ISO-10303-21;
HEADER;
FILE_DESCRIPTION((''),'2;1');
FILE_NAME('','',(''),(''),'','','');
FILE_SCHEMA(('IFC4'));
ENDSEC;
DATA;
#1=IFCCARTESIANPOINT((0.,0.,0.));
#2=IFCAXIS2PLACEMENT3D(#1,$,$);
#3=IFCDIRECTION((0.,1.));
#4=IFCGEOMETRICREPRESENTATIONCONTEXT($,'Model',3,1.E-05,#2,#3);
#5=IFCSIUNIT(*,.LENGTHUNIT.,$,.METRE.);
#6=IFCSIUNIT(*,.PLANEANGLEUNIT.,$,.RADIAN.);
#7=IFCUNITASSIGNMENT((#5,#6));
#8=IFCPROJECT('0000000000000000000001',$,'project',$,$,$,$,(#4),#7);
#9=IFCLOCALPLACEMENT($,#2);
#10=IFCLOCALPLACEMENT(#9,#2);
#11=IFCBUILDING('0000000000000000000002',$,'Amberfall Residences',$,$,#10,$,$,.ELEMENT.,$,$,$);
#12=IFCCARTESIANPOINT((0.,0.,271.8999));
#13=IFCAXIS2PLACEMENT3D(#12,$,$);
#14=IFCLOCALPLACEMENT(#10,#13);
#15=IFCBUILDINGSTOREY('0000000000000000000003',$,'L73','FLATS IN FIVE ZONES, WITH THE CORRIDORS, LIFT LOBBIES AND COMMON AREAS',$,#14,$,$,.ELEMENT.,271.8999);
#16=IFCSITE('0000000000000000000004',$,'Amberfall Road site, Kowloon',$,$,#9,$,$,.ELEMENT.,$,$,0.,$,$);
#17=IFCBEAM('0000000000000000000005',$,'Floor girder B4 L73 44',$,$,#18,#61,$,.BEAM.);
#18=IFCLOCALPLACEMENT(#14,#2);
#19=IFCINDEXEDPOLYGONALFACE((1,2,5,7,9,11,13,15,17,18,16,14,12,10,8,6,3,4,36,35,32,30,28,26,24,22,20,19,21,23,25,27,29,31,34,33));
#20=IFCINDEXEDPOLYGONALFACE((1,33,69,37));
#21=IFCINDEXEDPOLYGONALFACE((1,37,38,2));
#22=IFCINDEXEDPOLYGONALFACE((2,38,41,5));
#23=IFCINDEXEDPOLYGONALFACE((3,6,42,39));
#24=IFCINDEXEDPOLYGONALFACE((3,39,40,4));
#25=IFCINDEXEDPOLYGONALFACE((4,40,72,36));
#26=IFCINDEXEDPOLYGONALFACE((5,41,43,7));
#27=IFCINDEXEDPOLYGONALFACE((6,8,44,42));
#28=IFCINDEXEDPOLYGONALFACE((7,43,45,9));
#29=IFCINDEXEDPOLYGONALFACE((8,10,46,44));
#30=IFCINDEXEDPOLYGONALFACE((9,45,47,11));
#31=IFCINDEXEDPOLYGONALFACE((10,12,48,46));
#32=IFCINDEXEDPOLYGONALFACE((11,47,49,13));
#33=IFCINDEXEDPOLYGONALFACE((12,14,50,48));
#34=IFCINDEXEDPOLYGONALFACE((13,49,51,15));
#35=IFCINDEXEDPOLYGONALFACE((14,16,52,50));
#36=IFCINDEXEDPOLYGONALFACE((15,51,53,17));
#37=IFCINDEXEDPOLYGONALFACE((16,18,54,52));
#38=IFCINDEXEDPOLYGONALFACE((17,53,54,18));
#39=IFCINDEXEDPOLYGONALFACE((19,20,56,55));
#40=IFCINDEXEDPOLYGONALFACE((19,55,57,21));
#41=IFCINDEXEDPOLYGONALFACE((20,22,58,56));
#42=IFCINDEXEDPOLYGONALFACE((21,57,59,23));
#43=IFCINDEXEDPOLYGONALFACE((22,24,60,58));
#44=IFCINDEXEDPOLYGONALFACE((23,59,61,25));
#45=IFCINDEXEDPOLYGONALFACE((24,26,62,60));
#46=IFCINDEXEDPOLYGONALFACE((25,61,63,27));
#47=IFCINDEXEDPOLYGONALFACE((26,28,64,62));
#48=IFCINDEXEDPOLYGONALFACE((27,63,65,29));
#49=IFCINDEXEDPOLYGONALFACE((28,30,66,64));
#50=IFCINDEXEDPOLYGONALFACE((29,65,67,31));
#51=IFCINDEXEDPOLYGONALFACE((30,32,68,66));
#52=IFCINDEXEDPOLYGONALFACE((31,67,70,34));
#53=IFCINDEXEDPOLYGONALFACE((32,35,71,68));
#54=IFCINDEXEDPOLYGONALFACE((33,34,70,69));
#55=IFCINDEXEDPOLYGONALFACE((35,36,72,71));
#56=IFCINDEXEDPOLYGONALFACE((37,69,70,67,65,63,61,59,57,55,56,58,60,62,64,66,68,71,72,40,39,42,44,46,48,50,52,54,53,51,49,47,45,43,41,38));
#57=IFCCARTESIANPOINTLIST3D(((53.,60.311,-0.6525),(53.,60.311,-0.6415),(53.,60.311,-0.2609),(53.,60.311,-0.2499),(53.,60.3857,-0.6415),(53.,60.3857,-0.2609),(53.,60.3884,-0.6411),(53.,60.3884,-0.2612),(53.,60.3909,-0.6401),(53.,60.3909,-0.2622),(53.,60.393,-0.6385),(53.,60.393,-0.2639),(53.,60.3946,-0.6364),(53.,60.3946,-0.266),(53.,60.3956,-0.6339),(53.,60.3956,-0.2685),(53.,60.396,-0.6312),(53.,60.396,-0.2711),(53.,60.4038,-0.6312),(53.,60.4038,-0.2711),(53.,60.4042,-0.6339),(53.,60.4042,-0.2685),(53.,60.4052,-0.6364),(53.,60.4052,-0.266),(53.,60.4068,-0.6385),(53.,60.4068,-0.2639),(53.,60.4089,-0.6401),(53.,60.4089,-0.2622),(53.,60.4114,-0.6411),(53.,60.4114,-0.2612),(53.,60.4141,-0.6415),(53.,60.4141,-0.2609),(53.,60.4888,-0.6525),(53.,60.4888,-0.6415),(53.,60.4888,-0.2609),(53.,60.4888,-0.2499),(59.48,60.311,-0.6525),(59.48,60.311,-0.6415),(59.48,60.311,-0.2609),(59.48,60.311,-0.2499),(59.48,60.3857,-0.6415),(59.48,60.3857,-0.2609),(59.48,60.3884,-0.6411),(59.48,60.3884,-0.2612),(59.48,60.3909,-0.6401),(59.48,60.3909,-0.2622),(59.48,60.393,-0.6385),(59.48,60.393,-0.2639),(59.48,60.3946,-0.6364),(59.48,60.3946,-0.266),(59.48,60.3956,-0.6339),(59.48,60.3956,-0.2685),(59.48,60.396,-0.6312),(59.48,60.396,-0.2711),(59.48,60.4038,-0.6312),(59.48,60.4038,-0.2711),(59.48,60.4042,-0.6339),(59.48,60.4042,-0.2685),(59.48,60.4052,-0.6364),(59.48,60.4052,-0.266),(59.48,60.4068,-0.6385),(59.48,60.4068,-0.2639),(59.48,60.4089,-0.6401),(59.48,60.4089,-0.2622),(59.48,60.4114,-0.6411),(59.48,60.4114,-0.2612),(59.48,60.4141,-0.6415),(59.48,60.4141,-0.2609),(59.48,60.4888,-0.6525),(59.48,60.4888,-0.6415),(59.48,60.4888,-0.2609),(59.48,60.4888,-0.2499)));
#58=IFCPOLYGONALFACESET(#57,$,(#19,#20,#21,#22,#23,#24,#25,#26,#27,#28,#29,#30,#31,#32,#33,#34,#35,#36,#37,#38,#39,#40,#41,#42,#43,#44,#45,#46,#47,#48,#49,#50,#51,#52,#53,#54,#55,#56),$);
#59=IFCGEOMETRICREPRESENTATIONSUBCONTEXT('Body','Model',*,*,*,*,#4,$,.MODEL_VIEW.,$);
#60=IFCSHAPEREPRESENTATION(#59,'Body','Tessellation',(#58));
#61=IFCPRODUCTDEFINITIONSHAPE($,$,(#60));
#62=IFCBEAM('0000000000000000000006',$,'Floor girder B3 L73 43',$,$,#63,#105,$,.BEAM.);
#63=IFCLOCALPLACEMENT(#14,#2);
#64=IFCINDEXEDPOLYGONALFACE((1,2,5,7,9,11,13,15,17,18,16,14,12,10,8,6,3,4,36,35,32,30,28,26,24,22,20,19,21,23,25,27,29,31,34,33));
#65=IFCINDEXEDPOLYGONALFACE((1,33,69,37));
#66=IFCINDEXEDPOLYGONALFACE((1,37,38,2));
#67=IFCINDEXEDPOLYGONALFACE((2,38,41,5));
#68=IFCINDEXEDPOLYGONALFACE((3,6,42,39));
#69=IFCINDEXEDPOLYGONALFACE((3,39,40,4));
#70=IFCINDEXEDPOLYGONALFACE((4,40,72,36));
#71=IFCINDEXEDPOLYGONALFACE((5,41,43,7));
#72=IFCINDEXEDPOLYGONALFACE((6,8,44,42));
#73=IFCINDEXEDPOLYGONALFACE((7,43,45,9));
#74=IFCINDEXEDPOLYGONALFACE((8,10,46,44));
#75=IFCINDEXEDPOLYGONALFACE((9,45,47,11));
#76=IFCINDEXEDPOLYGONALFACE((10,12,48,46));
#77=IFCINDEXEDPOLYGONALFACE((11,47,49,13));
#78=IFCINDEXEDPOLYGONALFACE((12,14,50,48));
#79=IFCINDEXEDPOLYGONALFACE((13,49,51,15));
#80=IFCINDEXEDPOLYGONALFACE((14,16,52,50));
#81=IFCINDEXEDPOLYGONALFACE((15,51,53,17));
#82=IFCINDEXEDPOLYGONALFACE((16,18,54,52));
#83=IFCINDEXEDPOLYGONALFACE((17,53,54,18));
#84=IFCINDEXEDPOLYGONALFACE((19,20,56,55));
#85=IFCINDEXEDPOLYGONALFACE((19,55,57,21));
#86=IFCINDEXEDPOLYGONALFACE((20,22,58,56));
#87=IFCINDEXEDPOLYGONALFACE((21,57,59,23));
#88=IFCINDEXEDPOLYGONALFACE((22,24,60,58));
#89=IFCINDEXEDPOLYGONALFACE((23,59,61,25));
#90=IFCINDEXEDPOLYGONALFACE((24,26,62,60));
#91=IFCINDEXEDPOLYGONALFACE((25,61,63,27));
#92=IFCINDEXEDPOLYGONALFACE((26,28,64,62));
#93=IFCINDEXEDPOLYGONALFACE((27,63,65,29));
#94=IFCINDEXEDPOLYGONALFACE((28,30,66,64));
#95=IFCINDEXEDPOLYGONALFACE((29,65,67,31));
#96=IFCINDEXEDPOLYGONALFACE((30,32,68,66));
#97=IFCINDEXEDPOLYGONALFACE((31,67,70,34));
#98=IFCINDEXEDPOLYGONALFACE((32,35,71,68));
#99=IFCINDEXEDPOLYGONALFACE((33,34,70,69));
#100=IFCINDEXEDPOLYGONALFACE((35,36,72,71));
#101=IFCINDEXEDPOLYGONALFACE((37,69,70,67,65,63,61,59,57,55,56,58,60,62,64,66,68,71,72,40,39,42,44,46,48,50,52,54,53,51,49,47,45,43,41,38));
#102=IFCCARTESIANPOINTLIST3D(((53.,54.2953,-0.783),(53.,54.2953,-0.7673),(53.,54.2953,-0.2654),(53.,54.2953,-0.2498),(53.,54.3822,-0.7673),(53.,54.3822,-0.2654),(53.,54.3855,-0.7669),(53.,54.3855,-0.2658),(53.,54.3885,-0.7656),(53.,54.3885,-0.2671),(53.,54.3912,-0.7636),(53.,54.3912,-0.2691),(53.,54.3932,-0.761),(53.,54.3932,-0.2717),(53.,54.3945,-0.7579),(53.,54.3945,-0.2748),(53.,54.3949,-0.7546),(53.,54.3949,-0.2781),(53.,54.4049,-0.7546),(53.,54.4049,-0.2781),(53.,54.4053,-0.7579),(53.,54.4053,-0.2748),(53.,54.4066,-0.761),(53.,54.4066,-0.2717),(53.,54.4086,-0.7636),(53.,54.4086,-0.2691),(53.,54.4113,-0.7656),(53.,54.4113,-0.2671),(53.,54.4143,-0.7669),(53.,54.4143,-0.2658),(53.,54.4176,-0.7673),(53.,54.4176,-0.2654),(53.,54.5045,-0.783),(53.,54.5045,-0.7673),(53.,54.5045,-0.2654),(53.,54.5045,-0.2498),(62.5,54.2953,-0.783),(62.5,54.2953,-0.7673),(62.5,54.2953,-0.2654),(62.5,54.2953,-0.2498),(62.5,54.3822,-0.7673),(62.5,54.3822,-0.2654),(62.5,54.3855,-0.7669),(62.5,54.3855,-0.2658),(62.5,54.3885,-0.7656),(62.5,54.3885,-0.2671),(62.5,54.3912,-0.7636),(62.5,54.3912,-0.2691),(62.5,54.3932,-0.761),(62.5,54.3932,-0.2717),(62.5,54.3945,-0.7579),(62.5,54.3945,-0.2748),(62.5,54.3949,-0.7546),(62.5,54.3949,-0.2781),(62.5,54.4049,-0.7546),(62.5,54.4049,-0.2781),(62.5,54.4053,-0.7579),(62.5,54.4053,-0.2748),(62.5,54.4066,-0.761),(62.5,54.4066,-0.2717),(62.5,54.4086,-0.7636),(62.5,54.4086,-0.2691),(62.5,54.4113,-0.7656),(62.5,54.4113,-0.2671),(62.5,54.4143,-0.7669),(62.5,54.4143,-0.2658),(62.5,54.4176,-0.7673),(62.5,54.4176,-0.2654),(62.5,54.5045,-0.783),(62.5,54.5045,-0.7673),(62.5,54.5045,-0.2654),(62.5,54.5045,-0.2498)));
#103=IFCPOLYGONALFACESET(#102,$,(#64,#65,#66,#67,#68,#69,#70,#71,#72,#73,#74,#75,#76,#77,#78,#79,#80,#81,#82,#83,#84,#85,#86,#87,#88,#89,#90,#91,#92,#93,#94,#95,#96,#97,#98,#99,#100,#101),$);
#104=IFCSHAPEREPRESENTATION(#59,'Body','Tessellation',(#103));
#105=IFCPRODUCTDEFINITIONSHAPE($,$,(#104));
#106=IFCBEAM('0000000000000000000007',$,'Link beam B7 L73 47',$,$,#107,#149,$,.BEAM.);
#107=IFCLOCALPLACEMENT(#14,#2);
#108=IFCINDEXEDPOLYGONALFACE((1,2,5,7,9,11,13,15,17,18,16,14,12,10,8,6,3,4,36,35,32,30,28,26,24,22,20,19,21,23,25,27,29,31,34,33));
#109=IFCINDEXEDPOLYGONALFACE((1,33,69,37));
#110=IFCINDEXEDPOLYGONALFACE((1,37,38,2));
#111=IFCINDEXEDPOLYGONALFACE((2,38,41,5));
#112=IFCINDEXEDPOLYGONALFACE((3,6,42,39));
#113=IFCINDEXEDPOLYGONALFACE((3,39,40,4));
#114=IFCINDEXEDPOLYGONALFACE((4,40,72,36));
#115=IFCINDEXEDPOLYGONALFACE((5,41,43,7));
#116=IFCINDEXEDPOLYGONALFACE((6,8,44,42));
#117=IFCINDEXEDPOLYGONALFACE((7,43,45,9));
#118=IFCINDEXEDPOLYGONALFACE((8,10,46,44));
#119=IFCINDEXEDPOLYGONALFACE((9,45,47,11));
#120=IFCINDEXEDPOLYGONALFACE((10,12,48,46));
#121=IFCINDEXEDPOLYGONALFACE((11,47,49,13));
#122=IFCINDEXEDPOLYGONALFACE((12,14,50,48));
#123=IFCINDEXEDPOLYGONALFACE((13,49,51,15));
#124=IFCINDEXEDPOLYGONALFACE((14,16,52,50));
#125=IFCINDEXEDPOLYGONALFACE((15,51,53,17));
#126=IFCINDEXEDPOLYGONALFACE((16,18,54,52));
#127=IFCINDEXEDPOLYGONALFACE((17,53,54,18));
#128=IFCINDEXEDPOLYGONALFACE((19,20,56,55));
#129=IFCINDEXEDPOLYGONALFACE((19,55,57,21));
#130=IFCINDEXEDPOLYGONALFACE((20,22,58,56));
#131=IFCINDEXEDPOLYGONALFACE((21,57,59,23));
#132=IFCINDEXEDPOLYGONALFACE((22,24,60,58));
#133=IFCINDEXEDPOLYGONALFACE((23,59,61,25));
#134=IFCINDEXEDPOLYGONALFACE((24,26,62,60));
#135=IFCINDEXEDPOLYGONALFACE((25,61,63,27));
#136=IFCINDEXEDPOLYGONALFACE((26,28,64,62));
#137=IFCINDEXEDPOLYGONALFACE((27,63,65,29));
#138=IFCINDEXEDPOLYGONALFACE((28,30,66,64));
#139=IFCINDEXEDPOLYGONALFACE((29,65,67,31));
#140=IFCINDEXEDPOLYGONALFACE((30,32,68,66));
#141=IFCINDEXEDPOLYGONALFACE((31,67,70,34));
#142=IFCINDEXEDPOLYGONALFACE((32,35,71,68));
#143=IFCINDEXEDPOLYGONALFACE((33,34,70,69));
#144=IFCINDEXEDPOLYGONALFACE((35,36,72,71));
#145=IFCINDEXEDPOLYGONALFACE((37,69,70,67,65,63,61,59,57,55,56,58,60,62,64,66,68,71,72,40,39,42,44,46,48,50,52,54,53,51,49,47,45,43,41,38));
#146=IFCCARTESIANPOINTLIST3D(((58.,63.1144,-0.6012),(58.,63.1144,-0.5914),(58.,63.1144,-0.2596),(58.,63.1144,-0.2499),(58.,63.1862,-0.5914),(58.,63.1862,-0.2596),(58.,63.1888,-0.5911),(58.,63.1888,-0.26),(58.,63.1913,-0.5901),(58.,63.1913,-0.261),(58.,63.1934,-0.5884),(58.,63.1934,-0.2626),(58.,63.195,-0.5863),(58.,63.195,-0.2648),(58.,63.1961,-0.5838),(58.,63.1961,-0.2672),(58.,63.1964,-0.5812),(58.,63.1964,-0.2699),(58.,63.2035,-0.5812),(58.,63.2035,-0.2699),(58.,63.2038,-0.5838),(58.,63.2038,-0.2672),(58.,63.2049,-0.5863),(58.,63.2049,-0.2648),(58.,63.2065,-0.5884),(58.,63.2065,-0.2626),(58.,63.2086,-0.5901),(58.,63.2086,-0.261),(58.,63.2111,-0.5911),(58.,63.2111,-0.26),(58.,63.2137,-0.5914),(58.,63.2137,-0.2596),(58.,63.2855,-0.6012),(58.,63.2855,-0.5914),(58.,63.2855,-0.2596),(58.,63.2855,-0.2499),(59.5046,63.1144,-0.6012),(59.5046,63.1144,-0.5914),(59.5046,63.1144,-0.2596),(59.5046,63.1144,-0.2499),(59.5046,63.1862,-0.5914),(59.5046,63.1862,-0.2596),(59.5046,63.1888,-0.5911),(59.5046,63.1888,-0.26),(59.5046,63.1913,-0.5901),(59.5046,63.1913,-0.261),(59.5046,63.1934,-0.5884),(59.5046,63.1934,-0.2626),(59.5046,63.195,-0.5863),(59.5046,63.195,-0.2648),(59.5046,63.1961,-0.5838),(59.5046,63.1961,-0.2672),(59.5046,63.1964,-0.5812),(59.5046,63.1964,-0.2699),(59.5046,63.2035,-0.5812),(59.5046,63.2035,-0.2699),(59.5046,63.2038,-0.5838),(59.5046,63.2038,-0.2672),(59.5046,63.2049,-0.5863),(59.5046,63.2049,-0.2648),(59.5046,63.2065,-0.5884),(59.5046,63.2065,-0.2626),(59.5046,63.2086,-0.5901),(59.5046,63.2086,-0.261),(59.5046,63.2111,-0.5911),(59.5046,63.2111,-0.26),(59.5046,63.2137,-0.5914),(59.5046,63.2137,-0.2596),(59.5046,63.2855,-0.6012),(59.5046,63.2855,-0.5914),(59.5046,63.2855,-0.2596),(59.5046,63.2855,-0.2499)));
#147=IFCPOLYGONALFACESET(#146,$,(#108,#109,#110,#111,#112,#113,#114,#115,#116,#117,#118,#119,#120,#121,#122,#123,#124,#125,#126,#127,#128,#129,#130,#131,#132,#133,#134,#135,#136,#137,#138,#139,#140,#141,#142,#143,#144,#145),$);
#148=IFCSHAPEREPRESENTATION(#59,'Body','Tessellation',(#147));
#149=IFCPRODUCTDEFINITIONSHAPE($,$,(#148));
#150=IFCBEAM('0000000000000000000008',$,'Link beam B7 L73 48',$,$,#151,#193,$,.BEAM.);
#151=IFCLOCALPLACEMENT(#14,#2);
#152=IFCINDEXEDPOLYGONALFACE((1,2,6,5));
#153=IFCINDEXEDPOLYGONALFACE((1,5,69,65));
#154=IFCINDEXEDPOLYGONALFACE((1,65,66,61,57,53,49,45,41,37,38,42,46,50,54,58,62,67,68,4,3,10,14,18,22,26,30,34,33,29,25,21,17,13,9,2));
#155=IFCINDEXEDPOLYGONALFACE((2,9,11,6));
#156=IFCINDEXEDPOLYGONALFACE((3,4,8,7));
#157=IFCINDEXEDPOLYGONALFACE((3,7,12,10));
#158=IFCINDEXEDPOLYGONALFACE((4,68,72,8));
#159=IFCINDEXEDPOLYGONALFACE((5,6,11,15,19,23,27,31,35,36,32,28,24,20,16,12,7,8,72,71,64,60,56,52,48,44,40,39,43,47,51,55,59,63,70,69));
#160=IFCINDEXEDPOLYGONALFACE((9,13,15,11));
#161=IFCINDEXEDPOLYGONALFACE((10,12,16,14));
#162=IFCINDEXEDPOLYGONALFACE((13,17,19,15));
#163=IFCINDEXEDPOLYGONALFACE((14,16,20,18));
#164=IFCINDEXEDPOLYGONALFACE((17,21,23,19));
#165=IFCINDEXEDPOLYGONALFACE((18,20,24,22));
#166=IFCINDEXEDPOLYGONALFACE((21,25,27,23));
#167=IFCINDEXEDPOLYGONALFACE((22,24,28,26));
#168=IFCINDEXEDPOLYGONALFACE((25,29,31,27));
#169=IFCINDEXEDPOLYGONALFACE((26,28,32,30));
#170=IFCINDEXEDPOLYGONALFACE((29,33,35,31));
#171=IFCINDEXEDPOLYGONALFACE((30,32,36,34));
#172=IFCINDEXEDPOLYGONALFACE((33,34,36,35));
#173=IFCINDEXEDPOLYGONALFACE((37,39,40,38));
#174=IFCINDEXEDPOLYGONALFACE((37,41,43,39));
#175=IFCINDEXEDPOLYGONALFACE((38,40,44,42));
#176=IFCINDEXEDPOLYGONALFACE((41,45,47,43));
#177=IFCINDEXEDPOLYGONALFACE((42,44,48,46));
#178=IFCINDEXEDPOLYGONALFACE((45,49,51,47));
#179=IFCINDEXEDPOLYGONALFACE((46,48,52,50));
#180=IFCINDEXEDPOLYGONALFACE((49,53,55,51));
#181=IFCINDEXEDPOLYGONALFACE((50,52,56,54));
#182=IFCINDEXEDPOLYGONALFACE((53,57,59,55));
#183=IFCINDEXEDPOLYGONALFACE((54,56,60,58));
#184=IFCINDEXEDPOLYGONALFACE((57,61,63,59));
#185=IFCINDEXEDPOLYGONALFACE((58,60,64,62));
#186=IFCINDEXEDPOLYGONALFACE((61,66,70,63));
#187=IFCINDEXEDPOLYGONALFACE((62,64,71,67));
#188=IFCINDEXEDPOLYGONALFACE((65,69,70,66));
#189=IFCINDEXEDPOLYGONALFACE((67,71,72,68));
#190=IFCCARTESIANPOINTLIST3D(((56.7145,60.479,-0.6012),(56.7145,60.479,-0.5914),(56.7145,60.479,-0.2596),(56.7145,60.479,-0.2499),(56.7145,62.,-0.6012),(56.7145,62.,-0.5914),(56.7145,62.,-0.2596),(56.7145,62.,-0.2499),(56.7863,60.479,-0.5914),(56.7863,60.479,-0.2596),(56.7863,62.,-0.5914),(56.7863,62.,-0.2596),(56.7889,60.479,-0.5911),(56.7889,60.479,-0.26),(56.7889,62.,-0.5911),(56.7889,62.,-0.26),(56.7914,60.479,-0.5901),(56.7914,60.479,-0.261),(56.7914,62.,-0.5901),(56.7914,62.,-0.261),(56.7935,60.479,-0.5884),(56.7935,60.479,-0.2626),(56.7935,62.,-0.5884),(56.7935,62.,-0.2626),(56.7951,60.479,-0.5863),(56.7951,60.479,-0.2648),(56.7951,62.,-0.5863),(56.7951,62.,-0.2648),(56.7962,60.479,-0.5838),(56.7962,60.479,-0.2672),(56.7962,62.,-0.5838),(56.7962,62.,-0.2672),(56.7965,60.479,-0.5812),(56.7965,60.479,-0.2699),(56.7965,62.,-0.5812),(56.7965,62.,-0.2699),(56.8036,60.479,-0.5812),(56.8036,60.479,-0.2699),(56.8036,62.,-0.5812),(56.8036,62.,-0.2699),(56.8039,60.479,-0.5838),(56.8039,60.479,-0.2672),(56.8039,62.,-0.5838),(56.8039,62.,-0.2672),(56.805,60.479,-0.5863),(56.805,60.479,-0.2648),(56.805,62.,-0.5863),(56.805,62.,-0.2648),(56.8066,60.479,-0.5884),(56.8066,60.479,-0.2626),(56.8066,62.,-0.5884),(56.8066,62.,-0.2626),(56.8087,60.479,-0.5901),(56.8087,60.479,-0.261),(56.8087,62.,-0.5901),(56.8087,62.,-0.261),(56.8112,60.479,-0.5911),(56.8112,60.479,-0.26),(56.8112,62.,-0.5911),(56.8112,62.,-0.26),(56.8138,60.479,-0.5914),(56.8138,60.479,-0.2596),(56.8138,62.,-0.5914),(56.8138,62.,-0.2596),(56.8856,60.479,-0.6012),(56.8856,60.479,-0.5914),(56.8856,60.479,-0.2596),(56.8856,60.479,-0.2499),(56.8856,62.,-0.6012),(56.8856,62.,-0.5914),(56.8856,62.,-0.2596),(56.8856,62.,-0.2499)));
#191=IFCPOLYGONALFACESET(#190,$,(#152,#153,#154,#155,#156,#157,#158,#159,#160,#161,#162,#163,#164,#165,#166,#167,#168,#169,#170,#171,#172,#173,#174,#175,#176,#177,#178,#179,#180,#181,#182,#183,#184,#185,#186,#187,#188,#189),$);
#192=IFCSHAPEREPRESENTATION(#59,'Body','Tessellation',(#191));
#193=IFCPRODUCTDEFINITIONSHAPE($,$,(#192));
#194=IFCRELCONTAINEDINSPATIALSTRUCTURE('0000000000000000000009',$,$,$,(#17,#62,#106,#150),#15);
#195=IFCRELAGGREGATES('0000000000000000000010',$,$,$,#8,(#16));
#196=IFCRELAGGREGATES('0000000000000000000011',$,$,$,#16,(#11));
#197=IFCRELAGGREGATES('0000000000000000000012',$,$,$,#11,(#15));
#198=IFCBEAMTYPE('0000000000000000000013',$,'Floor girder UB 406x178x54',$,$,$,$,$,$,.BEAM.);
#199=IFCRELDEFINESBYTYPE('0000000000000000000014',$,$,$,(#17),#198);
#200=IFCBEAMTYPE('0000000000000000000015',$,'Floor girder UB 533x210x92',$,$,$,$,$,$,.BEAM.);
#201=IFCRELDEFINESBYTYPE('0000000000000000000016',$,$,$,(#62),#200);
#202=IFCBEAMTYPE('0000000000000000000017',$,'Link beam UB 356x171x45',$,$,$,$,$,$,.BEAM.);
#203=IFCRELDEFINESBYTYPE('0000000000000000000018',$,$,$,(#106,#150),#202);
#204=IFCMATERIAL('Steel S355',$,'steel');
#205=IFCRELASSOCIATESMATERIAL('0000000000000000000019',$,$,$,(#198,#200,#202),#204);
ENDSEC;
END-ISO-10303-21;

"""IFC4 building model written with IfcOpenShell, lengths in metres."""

from ifc_helpers import new_model, si_unit, direction, frame, origin, origin_2d, place, context, subcontext, project, spatial, i_section, extrude, material, material_profile, profile_set, type_object, element, save


model = new_model("IFC4")

# Units and contexts
model_context = context("Model", 3, precision=1e-05, world=origin(), true_north=direction((0.0, 1.0)))
body_context = subcontext(model_context, "Body", "Model", "MODEL_VIEW")
ifc_project = project(units=[si_unit("LENGTHUNIT", "METRE"), si_unit("PLANEANGLEUNIT", "RADIAN")], contexts=[model_context])

# Site, building, storey
site_placement = place(None, origin())
site = spatial("IfcSite", under=ifc_project, at=site_placement, Name="Amberfall Road site, Kowloon", CompositionType="ELEMENT", RefElevation=0.0)
building_placement = place(site_placement, origin())
building = spatial("IfcBuilding", under=site, at=building_placement, Name="Amberfall Residences", CompositionType="ELEMENT")
storey_placement = place(building_placement, frame((0.0, 0.0, 271.8999)))
storey = spatial("IfcBuildingStorey", under=building, at=storey_placement, Name="L73", Description="FLATS IN FIVE ZONES, WITH THE CORRIDORS, LIFT LOBBIES AND COMMON AREAS", CompositionType="ELEMENT", Elevation=271.8999)

# Shared definitions
ifc_material_1 = material(Name="Steel S355", Category="steel")

# Beams
ifc_material_profile_1 = material_profile(ifc_material_1, i_section(OverallWidth=0.1777, OverallDepth=0.4026, WebThickness=0.0078, FlangeThickness=0.011, FilletRadius=0.0103, at=origin_2d()), Name="UB 406x178x54")
ifc_profile_set_1 = profile_set([ifc_material_profile_1], Name="Steel S355")
beam_type_1 = type_object("IfcBeamType", Name="Floor girder UB 406x178x54", PredefinedType="BEAM", material=ifc_profile_set_1)
beam_1_placement = place(storey_placement, frame((53.0, 60.3999, -0.4512), z_axis=(1.0, 0.0, 0.0), x_axis=(0.0, 1.0, 0.0)))
element("IfcBeam", 1, at=beam_1_placement, inside=storey, type_object=beam_type_1, Name="Floor girder B4 L73 44", PredefinedType="BEAM", context=body_context, shape_type="SweptSolid", body=[
    extrude(i_section(OverallWidth=0.1777, OverallDepth=0.4026, WebThickness=0.0078, FlangeThickness=0.011, FilletRadius=0.0103, at=origin_2d()), origin(), (0.0, 0.0, 1.0), 6.48),
])
ifc_material_profile_2 = material_profile(ifc_material_1, i_section(OverallWidth=0.2092, OverallDepth=0.5332, WebThickness=0.01, FlangeThickness=0.0156, FilletRadius=0.0127, at=origin_2d()), Name="UB 533x210x92")
ifc_profile_set_2 = profile_set([ifc_material_profile_2], Name="Steel S355")
beam_type_2 = type_object("IfcBeamType", Name="Floor girder UB 533x210x92", PredefinedType="BEAM", material=ifc_profile_set_2)
beam_2_placement = place(storey_placement, frame((53.0, 54.3999, -0.5164), z_axis=(1.0, 0.0, 0.0), x_axis=(0.0, 1.0, 0.0)))
element("IfcBeam", 2, at=beam_2_placement, inside=storey, type_object=beam_type_2, Name="Floor girder B3 L73 43", PredefinedType="BEAM", context=body_context, shape_type="SweptSolid", body=[
    extrude(i_section(OverallWidth=0.2092, OverallDepth=0.5332, WebThickness=0.01, FlangeThickness=0.0156, FilletRadius=0.0127, at=origin_2d()), origin(), (0.0, 0.0, 1.0), 9.5),
])
ifc_material_profile_3 = material_profile(ifc_material_1, i_section(OverallWidth=0.1711, OverallDepth=0.3513, WebThickness=0.0071, FlangeThickness=0.0098, FilletRadius=0.0103, at=origin_2d()), Name="UB 356x171x45")
ifc_profile_set_3 = profile_set([ifc_material_profile_3], Name="Steel S355")
beam_type_3 = type_object("IfcBeamType", Name="Link beam UB 356x171x45", PredefinedType="BEAM", material=ifc_profile_set_3)
beam_3_placement = place(storey_placement, frame((58.0, 63.2, -0.4255), z_axis=(1.0, 0.0, 0.0), x_axis=(0.0, 1.0, 0.0)))
element("IfcBeam", 3, at=beam_3_placement, inside=storey, type_object=beam_type_3, Name="Link beam B7 L73 47", PredefinedType="BEAM", context=body_context, shape_type="SweptSolid", body=[
    extrude(i_section(OverallWidth=0.1711, OverallDepth=0.3513, WebThickness=0.0071, FlangeThickness=0.0098, FilletRadius=0.0103, at=origin_2d()), origin(), (0.0, 0.0, 1.0), 1.5046),
])
beam_4_placement = place(storey_placement, frame((56.8, 62.0, -0.4255), z_axis=(0.0, -1.0, 0.0), x_axis=(1.0, 0.0, 0.0)))
element("IfcBeam", 4, at=beam_4_placement, inside=storey, type_object=beam_type_3, Name="Link beam B7 L73 48", PredefinedType="BEAM", context=body_context, shape_type="SweptSolid", body=[
    extrude(i_section(OverallWidth=0.1711, OverallDepth=0.3513, WebThickness=0.0071, FlangeThickness=0.0098, FilletRadius=0.0103, at=origin_2d()), origin(), (0.0, 0.0, 1.0), 1.521),
])

save(model, "model.ifc")
